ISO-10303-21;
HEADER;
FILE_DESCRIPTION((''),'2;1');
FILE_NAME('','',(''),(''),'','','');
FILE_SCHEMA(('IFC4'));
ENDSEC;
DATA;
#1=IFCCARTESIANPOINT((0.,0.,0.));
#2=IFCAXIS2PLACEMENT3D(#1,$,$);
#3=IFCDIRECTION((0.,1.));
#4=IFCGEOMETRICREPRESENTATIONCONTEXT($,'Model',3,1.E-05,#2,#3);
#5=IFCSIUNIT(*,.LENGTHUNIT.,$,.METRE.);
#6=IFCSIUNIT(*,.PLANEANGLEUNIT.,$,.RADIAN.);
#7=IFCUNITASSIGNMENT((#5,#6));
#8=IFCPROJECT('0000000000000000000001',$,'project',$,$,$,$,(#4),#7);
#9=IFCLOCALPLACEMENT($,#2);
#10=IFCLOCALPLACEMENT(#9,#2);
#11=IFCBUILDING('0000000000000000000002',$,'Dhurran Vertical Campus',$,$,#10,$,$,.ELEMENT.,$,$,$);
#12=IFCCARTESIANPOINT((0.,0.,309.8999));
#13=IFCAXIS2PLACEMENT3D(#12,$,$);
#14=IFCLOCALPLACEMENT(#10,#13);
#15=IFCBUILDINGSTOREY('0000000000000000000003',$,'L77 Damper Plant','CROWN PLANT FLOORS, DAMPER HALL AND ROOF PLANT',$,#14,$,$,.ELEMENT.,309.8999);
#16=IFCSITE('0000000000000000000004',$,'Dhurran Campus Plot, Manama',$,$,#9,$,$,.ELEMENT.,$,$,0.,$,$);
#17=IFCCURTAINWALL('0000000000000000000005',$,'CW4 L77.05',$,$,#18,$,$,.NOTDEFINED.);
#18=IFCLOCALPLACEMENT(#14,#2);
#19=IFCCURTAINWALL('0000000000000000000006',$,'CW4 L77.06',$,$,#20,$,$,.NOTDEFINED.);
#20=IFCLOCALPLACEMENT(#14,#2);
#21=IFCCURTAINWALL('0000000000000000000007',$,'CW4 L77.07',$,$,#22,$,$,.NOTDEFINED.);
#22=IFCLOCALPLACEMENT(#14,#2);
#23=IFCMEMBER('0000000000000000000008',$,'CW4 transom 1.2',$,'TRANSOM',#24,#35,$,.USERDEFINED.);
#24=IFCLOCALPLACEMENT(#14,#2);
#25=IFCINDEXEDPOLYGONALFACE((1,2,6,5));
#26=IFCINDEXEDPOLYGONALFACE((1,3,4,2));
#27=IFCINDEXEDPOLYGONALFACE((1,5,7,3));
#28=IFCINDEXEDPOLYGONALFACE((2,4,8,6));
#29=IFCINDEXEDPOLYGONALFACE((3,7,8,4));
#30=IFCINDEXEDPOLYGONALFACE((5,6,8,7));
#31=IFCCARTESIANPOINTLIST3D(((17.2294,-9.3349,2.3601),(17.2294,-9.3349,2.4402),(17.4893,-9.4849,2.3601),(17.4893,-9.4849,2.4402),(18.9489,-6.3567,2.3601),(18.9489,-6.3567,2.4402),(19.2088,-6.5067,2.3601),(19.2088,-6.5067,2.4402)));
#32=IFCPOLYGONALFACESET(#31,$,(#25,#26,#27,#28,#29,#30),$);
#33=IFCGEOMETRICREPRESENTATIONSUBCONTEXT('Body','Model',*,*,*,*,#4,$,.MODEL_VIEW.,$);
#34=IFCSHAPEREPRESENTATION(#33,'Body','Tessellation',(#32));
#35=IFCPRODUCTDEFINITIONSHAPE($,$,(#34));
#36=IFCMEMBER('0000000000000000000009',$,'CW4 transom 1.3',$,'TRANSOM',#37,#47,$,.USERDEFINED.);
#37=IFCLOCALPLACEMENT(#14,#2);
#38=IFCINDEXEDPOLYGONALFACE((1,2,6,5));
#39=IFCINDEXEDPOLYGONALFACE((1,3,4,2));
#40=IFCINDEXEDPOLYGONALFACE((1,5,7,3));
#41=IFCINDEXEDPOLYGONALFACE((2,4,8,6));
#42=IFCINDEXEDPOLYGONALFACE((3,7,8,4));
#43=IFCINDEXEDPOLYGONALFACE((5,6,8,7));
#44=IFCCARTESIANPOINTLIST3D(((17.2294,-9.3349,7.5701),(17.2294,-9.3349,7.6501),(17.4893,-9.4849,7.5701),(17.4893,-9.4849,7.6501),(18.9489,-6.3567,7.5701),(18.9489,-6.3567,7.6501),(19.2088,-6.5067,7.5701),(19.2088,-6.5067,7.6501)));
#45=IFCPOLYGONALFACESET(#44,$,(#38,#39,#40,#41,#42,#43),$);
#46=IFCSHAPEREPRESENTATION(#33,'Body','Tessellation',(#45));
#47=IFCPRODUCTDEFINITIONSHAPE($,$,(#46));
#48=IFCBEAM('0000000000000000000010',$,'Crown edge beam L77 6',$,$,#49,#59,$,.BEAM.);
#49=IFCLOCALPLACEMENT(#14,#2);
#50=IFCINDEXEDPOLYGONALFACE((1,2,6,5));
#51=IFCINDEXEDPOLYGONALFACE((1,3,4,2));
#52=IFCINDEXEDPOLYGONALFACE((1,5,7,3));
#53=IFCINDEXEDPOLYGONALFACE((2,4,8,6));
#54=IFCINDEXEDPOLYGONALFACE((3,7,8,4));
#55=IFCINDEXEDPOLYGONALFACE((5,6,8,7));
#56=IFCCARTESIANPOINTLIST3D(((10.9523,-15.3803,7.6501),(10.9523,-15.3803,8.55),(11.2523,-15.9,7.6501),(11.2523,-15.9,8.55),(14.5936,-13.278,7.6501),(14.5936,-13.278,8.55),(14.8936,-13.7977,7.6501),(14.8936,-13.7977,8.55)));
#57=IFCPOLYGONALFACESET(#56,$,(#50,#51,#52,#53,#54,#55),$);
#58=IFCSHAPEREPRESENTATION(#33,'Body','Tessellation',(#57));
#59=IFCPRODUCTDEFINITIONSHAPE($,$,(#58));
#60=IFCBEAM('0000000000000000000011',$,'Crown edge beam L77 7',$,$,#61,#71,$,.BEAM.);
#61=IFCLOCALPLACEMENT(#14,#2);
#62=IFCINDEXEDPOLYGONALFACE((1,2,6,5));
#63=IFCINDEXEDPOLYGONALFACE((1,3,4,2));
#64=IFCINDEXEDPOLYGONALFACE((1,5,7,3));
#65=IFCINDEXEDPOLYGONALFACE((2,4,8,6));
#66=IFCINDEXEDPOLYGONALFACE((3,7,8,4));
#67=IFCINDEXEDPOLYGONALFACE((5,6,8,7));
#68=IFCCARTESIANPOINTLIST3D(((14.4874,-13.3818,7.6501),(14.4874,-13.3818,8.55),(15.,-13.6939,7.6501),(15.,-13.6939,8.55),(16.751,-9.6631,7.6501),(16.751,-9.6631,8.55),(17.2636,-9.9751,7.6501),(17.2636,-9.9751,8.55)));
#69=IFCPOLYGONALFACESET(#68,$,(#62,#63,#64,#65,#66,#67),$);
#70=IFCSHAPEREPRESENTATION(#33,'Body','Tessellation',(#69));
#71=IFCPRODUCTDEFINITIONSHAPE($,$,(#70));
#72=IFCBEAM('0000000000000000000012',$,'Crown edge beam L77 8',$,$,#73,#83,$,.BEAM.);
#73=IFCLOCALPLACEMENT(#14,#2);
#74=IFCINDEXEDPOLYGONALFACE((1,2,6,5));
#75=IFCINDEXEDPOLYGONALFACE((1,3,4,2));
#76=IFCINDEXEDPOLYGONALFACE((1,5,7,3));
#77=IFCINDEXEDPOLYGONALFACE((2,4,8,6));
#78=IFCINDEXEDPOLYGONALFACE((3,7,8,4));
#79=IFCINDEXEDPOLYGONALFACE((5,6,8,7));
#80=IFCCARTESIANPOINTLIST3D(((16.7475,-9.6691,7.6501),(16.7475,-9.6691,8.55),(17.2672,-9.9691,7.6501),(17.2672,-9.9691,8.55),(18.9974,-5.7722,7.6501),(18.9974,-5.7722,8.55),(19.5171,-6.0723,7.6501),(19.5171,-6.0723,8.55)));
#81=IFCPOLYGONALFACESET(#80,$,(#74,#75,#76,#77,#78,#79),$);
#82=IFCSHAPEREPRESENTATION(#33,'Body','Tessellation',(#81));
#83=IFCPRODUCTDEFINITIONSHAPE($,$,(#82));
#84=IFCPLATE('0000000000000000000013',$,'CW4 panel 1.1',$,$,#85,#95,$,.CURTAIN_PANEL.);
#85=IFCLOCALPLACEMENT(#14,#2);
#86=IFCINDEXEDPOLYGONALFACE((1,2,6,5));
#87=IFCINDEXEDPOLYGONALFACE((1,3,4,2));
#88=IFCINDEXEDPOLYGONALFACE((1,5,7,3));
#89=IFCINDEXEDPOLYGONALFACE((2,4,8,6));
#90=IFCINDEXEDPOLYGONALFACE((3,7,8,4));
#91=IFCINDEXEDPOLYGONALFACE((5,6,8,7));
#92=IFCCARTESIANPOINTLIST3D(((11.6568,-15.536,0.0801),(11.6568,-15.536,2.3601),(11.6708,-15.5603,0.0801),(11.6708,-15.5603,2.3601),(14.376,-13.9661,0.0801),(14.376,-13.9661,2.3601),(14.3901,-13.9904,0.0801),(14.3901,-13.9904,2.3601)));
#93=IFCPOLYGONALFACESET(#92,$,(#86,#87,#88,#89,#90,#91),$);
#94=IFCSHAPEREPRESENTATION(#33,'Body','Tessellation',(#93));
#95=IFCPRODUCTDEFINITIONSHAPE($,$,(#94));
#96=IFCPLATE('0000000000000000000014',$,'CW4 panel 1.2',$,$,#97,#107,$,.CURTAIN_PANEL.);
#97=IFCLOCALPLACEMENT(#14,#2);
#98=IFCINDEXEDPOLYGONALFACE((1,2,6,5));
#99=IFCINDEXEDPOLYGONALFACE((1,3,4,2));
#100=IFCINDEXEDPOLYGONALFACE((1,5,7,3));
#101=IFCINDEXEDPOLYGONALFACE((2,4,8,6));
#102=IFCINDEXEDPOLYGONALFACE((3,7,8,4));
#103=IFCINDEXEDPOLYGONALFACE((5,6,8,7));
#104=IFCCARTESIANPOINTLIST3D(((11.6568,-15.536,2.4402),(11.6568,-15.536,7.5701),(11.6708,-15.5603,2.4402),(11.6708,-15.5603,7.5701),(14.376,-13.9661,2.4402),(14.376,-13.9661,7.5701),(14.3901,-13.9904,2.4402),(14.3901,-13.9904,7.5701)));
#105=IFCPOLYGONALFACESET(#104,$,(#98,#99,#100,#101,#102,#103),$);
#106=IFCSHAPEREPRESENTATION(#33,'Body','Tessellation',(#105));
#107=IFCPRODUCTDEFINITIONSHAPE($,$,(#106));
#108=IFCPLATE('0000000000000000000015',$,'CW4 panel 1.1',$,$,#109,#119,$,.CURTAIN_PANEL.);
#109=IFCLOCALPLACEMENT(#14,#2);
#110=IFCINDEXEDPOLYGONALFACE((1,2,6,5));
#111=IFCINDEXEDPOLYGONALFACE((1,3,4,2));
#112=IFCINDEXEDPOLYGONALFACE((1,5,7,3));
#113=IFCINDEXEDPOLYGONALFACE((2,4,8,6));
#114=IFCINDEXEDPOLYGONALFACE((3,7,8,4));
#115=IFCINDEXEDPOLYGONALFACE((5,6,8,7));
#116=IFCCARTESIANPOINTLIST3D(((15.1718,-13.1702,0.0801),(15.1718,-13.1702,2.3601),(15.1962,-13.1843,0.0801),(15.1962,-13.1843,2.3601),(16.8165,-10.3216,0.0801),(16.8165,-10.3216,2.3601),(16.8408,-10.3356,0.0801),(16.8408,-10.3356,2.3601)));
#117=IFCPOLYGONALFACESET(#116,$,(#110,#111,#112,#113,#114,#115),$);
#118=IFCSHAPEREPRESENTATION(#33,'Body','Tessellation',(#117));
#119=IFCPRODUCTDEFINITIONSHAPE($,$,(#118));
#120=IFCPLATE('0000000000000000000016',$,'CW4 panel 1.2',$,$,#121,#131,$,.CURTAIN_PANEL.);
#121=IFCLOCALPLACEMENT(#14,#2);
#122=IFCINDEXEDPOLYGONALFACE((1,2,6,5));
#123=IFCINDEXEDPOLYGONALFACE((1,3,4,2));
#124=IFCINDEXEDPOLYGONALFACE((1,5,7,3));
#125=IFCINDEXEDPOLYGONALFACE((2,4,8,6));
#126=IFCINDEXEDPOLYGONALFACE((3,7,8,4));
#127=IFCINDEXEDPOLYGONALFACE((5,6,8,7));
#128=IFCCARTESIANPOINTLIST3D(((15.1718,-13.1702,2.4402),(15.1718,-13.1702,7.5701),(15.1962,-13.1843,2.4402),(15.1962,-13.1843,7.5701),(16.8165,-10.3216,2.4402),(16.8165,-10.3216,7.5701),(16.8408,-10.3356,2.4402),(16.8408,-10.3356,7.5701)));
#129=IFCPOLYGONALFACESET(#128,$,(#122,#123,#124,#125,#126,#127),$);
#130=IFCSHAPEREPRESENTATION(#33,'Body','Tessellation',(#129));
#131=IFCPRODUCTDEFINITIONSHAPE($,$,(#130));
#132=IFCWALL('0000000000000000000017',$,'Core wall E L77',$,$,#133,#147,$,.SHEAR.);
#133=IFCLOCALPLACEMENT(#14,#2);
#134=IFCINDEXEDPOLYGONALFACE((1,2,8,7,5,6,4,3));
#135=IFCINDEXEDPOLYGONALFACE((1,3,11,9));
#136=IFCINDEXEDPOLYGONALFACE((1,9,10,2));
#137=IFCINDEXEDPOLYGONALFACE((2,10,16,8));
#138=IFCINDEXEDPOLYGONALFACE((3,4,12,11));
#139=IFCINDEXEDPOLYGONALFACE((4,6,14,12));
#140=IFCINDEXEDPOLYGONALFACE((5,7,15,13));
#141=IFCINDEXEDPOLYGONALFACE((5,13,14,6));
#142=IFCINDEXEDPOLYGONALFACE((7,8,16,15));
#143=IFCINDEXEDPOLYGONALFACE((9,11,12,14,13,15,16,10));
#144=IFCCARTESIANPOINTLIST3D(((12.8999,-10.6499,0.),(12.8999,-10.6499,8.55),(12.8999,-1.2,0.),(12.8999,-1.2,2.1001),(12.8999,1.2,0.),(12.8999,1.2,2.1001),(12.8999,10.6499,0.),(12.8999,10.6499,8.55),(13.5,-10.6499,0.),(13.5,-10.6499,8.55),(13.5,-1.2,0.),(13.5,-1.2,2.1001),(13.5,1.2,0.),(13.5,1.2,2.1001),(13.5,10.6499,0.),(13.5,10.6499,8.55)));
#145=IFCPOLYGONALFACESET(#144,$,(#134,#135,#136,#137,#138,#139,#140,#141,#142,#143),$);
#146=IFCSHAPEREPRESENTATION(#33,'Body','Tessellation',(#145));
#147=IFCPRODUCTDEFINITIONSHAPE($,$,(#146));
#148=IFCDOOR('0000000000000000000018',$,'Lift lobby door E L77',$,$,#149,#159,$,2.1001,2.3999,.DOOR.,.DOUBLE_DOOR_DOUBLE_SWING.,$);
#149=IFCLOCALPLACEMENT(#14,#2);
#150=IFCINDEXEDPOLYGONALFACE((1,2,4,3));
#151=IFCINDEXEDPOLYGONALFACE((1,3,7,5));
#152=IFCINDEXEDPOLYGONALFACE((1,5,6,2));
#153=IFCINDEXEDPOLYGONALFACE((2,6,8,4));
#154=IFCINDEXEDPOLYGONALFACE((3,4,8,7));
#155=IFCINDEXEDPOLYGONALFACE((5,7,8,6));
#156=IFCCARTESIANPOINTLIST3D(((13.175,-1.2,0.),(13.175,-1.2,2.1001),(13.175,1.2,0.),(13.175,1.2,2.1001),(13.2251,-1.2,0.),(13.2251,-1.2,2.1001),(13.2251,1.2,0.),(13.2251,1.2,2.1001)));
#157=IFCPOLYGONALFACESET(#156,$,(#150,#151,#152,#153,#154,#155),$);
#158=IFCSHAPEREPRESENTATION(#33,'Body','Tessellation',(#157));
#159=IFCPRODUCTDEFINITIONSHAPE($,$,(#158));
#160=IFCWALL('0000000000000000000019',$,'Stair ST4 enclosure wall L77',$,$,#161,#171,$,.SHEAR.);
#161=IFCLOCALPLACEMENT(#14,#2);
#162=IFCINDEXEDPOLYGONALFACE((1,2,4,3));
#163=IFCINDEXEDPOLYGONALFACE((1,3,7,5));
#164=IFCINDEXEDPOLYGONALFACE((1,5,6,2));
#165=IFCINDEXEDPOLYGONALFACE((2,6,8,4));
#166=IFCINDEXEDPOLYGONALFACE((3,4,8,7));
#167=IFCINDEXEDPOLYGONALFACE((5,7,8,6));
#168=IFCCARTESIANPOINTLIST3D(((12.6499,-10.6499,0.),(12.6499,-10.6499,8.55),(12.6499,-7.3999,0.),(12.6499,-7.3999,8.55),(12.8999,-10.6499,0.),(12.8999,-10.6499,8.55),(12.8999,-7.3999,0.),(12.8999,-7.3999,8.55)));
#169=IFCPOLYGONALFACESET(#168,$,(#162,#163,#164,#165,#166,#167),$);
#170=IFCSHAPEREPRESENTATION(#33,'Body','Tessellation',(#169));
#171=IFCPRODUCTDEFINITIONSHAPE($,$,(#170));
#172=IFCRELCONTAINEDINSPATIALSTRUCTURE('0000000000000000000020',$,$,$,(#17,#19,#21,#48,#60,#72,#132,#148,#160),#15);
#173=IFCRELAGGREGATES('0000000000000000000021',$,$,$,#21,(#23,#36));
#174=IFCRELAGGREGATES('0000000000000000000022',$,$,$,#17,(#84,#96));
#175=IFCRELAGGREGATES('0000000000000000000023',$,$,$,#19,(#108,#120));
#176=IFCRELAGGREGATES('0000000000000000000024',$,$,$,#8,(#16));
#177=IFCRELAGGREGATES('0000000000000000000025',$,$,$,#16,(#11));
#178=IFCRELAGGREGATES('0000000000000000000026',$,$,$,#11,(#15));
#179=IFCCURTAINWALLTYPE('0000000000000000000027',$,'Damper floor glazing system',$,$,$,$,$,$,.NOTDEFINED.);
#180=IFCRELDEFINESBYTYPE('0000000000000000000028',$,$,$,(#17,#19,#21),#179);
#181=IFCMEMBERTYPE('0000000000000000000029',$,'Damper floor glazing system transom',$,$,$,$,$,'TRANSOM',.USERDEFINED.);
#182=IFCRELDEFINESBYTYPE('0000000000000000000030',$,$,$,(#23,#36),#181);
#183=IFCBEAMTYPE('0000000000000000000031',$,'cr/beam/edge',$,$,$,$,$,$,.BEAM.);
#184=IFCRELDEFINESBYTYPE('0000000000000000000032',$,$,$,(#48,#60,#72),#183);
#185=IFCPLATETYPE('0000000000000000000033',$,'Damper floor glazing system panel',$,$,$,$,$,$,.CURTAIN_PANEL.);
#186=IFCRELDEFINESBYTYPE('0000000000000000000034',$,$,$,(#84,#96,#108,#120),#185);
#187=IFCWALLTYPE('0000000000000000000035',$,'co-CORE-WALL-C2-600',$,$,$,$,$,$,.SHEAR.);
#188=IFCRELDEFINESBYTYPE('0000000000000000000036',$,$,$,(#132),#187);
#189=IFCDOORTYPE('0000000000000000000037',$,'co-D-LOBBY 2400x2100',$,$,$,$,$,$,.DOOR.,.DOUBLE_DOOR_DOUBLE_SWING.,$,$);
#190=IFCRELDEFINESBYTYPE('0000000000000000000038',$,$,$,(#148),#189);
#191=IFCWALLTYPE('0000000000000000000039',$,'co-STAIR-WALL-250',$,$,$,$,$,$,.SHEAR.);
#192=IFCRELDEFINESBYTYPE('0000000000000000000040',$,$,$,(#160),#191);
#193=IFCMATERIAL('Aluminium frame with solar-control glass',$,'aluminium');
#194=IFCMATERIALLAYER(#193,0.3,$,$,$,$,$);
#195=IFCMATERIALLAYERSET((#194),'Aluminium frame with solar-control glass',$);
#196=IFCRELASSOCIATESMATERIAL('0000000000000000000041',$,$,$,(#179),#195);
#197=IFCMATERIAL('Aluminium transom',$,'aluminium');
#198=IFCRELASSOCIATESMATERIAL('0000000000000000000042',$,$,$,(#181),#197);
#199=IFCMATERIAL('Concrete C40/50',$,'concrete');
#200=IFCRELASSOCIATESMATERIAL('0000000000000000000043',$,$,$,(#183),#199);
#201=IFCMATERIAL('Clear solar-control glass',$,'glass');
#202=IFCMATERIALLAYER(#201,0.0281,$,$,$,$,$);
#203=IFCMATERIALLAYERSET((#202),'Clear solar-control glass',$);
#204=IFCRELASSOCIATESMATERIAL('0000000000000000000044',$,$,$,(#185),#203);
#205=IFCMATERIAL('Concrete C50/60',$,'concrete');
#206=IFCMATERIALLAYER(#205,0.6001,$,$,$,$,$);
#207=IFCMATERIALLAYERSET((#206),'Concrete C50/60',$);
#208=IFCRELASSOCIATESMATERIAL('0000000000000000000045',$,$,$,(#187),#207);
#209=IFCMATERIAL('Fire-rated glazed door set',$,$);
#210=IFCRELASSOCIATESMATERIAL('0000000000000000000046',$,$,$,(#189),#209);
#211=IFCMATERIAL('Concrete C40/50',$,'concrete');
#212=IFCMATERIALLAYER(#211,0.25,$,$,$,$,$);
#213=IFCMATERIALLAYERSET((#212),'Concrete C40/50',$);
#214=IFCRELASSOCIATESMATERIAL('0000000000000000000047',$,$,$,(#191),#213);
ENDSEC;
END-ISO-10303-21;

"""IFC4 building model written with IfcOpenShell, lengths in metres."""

from ifc_helpers import new_model, si_unit, direction, frame, frame_2d, origin, origin_2d, place, context, subcontext, project, spatial, rectangle, extrude, material, layer, layer_set, material_profile, profile_set, type_object, element, fill, aggregate, save


model = new_model("IFC4")

# Units and contexts
model_context = context("Model", 3, precision=1e-05, world=origin(), true_north=direction((0.0, 1.0)))
body_context = subcontext(model_context, "Body", "Model", "MODEL_VIEW")
ifc_project = project(units=[si_unit("LENGTHUNIT", "METRE"), si_unit("PLANEANGLEUNIT", "RADIAN")], contexts=[model_context])

# Site, building, storey
site_placement = place(None, origin())
site = spatial("IfcSite", under=ifc_project, at=site_placement, Name="Dhurran Campus Plot, Manama", CompositionType="ELEMENT", RefElevation=0.0)
building_placement = place(site_placement, origin())
building = spatial("IfcBuilding", under=site, at=building_placement, Name="Dhurran Vertical Campus", CompositionType="ELEMENT")
storey_placement = place(building_placement, frame((0.0, 0.0, 309.8999)))
storey = spatial("IfcBuildingStorey", under=building, at=storey_placement, Name="L77 Damper Plant", Description="CROWN PLANT FLOORS, DAMPER HALL AND ROOF PLANT", CompositionType="ELEMENT", Elevation=309.8999)

# Curtain walls
ifc_material_1 = material(Name="Aluminium frame with solar-control glass", Category="aluminium")
ifc_layer_1 = layer(ifc_material_1, 0.3)
ifc_layer_set_1 = layer_set([ifc_layer_1], Name="Aluminium frame with solar-control glass")
curtain_wall_type = type_object("IfcCurtainWallType", Name="Damper floor glazing system", PredefinedType="NOTDEFINED", material=ifc_layer_set_1)
curtain_wall_1_placement = place(storey_placement, origin())
curtain_wall_1 = element("IfcCurtainWall", 1, at=curtain_wall_1_placement, inside=storey, type_object=curtain_wall_type, Name="CW4 L77.05", PredefinedType="NOTDEFINED")
curtain_wall_2_placement = place(storey_placement, origin())
curtain_wall_2 = element("IfcCurtainWall", 2, at=curtain_wall_2_placement, inside=storey, type_object=curtain_wall_type, Name="CW4 L77.06", PredefinedType="NOTDEFINED")

# Curtain wall
curtain_wall_3_placement = place(storey_placement, origin())
curtain_wall_3 = element("IfcCurtainWall", 3, at=curtain_wall_3_placement, inside=storey, type_object=curtain_wall_type, Name="CW4 L77.07", PredefinedType="NOTDEFINED")

# Members
ifc_material_2 = material(Name="Aluminium transom", Category="aluminium")
ifc_material_profile_1 = material_profile(ifc_material_2, rectangle(XDim=0.3, YDim=0.0801, at=origin_2d()), Name="Damper floor glazing system transom")
ifc_profile_set_1 = profile_set([ifc_material_profile_1], Name="Aluminium transom")
member_type_1 = type_object("IfcMemberType", Name="Damper floor glazing system transom", ElementType="TRANSOM", PredefinedType="USERDEFINED", material=ifc_profile_set_1)
member_1_placement = place(storey_placement, frame((17.3594, -9.4099, 2.4001), z_axis=(0.499995, 0.866028, 0.0), x_axis=(-0.866028, 0.499995, 0.0)))
member_1 = element("IfcMember", 4, at=member_1_placement, type_object=member_type_1, Name="CW4 transom 1.2", ObjectType="TRANSOM", PredefinedType="USERDEFINED", context=body_context, shape_type="SweptSolid", body=[
    extrude(rectangle(XDim=0.3, YDim=0.0801, at=origin_2d()), origin(), (0.0, 0.0, 1.0), 3.439),
])
member_2_placement = place(storey_placement, frame((17.3594, -9.4099, 7.6101), z_axis=(0.499995, 0.866028, 0.0), x_axis=(-0.866028, 0.499995, 0.0)))
member_2 = element("IfcMember", 5, at=member_2_placement, type_object=member_type_1, Name="CW4 transom 1.3", ObjectType="TRANSOM", PredefinedType="USERDEFINED", context=body_context, shape_type="SweptSolid", body=[
    extrude(rectangle(XDim=0.3, YDim=0.0801, at=origin_2d()), origin(), (0.0, 0.0, 1.0), 3.439),
])
aggregate(curtain_wall_3, [member_1, member_2])

# Beams
ifc_material_3 = material(Name="Concrete C40/50", Category="concrete")
ifc_material_profile_2 = material_profile(ifc_material_3, rectangle(XDim=0.6001, YDim=0.8999, at=origin_2d()), Name="cr/beam/edge")
ifc_profile_set_2 = profile_set([ifc_material_profile_2], Name="Concrete C40/50")
beam_type = type_object("IfcBeamType", Name="cr/beam/edge", PredefinedType="BEAM", material=ifc_profile_set_2)
beam_1_placement = place(storey_placement, frame((11.1023, -15.6401, 8.1001), z_axis=(0.86603, 0.499992, 0.0), x_axis=(-0.499992, 0.86603, 0.0)))
element("IfcBeam", 6, at=beam_1_placement, inside=storey, type_object=beam_type, Name="Crown edge beam L77 6", PredefinedType="BEAM", context=body_context, shape_type="SweptSolid", body=[
    extrude(rectangle(XDim=0.6001, YDim=0.8999, at=origin_2d()), origin(), (0.0, 0.0, 1.0), 4.2046),
])
beam_2_placement = place(storey_placement, frame((14.7437, -13.5378, 8.1001), z_axis=(0.519961, 0.85419, 0.0), x_axis=(-0.85419, 0.519961, 0.0)))
element("IfcBeam", 7, at=beam_2_placement, inside=storey, type_object=beam_type, Name="Crown edge beam L77 7", PredefinedType="BEAM", context=body_context, shape_type="SweptSolid", body=[
    extrude(rectangle(XDim=0.6001, YDim=0.8999, at=origin_2d()), origin(), (0.0, 0.0, 1.0), 4.3535),
])
beam_3_placement = place(storey_placement, frame((17.0073, -9.8191, 8.1001), z_axis=(0.500014, 0.866018, 0.0), x_axis=(-0.866018, 0.500014, 0.0)))
element("IfcBeam", 8, at=beam_3_placement, inside=storey, type_object=beam_type, Name="Crown edge beam L77 8", PredefinedType="BEAM", context=body_context, shape_type="SweptSolid", body=[
    extrude(rectangle(XDim=0.6001, YDim=0.8999, at=origin_2d()), origin(), (0.0, 0.0, 1.0), 4.4998),
])

# Plates
ifc_material_4 = material(Name="Clear solar-control glass", Category="glass")
ifc_layer_2 = layer(ifc_material_4, 0.0281)
ifc_layer_set_2 = layer_set([ifc_layer_2], Name="Clear solar-control glass")
plate_type = type_object("IfcPlateType", Name="Damper floor glazing system panel", PredefinedType="CURTAIN_PANEL", material=ifc_layer_set_2)
plate_1_placement = place(storey_placement, frame((13.0234, -14.7632, 0.0801), z_axis=(0.0, 0.0, 1.0), x_axis=(0.866025, 0.500001, 0.0)))
plate_1 = element("IfcPlate", 9, at=plate_1_placement, type_object=plate_type, Name="CW4 panel 1.1", PredefinedType="CURTAIN_PANEL", context=body_context, shape_type="SweptSolid", body=[
    extrude(rectangle(XDim=3.1399, YDim=0.0281, at=origin_2d()), origin(), (0.0, 0.0, 1.0), 2.28),
])
plate_2_placement = place(storey_placement, frame((13.0234, -14.7632, 2.4402), z_axis=(0.0, 0.0, 1.0), x_axis=(0.866025, 0.500001, 0.0)))
plate_2 = element("IfcPlate", 10, at=plate_2_placement, type_object=plate_type, Name="CW4 panel 1.2", PredefinedType="CURTAIN_PANEL", context=body_context, shape_type="SweptSolid", body=[
    extrude(rectangle(XDim=3.1399, YDim=0.0281, at=origin_2d()), origin(), (0.0, 0.0, 1.0), 5.1299),
])
aggregate(curtain_wall_1, [plate_1, plate_2])
plate_3_placement = place(storey_placement, frame((16.0063, -11.7529, 0.0801), z_axis=(0.0, 0.0, 1.0), x_axis=(0.500009, 0.86602, 0.0)))
plate_3 = element("IfcPlate", 11, at=plate_3_placement, type_object=plate_type, Name="CW4 panel 1.1", PredefinedType="CURTAIN_PANEL", context=body_context, shape_type="SweptSolid", body=[
    extrude(rectangle(XDim=3.2893, YDim=0.0281, at=origin_2d()), origin(), (0.0, 0.0, 1.0), 2.28),
])
plate_4_placement = place(storey_placement, frame((16.0063, -11.7529, 2.4402), z_axis=(0.0, 0.0, 1.0), x_axis=(0.500009, 0.86602, 0.0)))
plate_4 = element("IfcPlate", 12, at=plate_4_placement, type_object=plate_type, Name="CW4 panel 1.2", PredefinedType="CURTAIN_PANEL", context=body_context, shape_type="SweptSolid", body=[
    extrude(rectangle(XDim=3.2893, YDim=0.0281, at=origin_2d()), origin(), (0.0, 0.0, 1.0), 5.1299),
])
aggregate(curtain_wall_2, [plate_3, plate_4])

# Wall, opening, door
ifc_material_5 = material(Name="Concrete C50/60", Category="concrete")
ifc_layer_3 = layer(ifc_material_5, 0.6001)
ifc_layer_set_3 = layer_set([ifc_layer_3], Name="Concrete C50/60")
wall_type_1 = type_object("IfcWallType", Name="co-CORE-WALL-C2-600", PredefinedType="SHEAR", material=ifc_layer_set_3)
wall_1_placement = place(storey_placement, frame((13.2, -10.6499, 0.0), z_axis=(0.0, 0.0, 1.0), x_axis=(0.0, 1.0, 0.0)))
wall_1 = element("IfcWall", 13, at=wall_1_placement, inside=storey, type_object=wall_type_1, Name="Core wall E L77", PredefinedType="SHEAR", context=body_context, shape_type="SweptSolid", body=[
    extrude(rectangle(XDim=21.2998, YDim=0.6001, at=frame_2d((10.6499, 0.0))), origin(), (0.0, 0.0, 1.0), 8.55),
])
opening_1_placement = place(wall_1_placement, frame((9.45, 0.0, 0.0)))
opening_1 = element("IfcOpeningElement", 14, at=opening_1_placement, cuts=wall_1, PredefinedType="OPENING", context=body_context, shape_type="SweptSolid", body=[
    extrude(rectangle(XDim=2.3999, YDim=2.1001, at=frame_2d((1.2, 1.05))), frame((0.0, 0.3101, 0.0), z_axis=(0.0, -1.0, 0.0), x_axis=(1.0, 0.0, 0.0)), (0.0, 0.0, 1.0), 0.6201),
])
ifc_material_6 = material(Name="Fire-rated glazed door set")
door_type_1 = type_object("IfcDoorType", Name="co-D-LOBBY 2400x2100", OperationType="DOUBLE_DOOR_DOUBLE_SWING", PredefinedType="DOOR", material=ifc_material_6)
door_1_placement = place(opening_1_placement, origin())
door_1 = element("IfcDoor", 15, at=door_1_placement, inside=storey, type_object=door_type_1, Name="Lift lobby door E L77", OperationType="DOUBLE_DOOR_DOUBLE_SWING", OverallHeight=2.1001, OverallWidth=2.3999, PredefinedType="DOOR", context=body_context, shape_type="SweptSolid", body=[
    extrude(rectangle(XDim=2.3999, YDim=2.1001, at=frame_2d((1.2, 1.05))), frame((0.0, 0.0249, 0.0), z_axis=(0.0, -1.0, 0.0), x_axis=(1.0, 0.0, 0.0)), (0.0, 0.0, 1.0), 0.05),
])
fill(opening_1, door_1)

# Wall
ifc_material_7 = material(Name="Concrete C40/50", Category="concrete")
ifc_layer_4 = layer(ifc_material_7, 0.25)
ifc_layer_set_4 = layer_set([ifc_layer_4], Name="Concrete C40/50")
wall_type_2 = type_object("IfcWallType", Name="co-STAIR-WALL-250", PredefinedType="SHEAR", material=ifc_layer_set_4)
wall_2_placement = place(storey_placement, frame((12.7749, -10.6499, 0.0), z_axis=(0.0, 0.0, 1.0), x_axis=(0.0, 1.0, 0.0)))
element("IfcWall", 16, at=wall_2_placement, inside=storey, type_object=wall_type_2, Name="Stair ST4 enclosure wall L77", PredefinedType="SHEAR", context=body_context, shape_type="SweptSolid", body=[
    extrude(rectangle(XDim=3.25, YDim=0.25, at=frame_2d((1.625, 0.0))), origin(), (0.0, 0.0, 1.0), 8.55),
])

save(model, "model.ifc")
